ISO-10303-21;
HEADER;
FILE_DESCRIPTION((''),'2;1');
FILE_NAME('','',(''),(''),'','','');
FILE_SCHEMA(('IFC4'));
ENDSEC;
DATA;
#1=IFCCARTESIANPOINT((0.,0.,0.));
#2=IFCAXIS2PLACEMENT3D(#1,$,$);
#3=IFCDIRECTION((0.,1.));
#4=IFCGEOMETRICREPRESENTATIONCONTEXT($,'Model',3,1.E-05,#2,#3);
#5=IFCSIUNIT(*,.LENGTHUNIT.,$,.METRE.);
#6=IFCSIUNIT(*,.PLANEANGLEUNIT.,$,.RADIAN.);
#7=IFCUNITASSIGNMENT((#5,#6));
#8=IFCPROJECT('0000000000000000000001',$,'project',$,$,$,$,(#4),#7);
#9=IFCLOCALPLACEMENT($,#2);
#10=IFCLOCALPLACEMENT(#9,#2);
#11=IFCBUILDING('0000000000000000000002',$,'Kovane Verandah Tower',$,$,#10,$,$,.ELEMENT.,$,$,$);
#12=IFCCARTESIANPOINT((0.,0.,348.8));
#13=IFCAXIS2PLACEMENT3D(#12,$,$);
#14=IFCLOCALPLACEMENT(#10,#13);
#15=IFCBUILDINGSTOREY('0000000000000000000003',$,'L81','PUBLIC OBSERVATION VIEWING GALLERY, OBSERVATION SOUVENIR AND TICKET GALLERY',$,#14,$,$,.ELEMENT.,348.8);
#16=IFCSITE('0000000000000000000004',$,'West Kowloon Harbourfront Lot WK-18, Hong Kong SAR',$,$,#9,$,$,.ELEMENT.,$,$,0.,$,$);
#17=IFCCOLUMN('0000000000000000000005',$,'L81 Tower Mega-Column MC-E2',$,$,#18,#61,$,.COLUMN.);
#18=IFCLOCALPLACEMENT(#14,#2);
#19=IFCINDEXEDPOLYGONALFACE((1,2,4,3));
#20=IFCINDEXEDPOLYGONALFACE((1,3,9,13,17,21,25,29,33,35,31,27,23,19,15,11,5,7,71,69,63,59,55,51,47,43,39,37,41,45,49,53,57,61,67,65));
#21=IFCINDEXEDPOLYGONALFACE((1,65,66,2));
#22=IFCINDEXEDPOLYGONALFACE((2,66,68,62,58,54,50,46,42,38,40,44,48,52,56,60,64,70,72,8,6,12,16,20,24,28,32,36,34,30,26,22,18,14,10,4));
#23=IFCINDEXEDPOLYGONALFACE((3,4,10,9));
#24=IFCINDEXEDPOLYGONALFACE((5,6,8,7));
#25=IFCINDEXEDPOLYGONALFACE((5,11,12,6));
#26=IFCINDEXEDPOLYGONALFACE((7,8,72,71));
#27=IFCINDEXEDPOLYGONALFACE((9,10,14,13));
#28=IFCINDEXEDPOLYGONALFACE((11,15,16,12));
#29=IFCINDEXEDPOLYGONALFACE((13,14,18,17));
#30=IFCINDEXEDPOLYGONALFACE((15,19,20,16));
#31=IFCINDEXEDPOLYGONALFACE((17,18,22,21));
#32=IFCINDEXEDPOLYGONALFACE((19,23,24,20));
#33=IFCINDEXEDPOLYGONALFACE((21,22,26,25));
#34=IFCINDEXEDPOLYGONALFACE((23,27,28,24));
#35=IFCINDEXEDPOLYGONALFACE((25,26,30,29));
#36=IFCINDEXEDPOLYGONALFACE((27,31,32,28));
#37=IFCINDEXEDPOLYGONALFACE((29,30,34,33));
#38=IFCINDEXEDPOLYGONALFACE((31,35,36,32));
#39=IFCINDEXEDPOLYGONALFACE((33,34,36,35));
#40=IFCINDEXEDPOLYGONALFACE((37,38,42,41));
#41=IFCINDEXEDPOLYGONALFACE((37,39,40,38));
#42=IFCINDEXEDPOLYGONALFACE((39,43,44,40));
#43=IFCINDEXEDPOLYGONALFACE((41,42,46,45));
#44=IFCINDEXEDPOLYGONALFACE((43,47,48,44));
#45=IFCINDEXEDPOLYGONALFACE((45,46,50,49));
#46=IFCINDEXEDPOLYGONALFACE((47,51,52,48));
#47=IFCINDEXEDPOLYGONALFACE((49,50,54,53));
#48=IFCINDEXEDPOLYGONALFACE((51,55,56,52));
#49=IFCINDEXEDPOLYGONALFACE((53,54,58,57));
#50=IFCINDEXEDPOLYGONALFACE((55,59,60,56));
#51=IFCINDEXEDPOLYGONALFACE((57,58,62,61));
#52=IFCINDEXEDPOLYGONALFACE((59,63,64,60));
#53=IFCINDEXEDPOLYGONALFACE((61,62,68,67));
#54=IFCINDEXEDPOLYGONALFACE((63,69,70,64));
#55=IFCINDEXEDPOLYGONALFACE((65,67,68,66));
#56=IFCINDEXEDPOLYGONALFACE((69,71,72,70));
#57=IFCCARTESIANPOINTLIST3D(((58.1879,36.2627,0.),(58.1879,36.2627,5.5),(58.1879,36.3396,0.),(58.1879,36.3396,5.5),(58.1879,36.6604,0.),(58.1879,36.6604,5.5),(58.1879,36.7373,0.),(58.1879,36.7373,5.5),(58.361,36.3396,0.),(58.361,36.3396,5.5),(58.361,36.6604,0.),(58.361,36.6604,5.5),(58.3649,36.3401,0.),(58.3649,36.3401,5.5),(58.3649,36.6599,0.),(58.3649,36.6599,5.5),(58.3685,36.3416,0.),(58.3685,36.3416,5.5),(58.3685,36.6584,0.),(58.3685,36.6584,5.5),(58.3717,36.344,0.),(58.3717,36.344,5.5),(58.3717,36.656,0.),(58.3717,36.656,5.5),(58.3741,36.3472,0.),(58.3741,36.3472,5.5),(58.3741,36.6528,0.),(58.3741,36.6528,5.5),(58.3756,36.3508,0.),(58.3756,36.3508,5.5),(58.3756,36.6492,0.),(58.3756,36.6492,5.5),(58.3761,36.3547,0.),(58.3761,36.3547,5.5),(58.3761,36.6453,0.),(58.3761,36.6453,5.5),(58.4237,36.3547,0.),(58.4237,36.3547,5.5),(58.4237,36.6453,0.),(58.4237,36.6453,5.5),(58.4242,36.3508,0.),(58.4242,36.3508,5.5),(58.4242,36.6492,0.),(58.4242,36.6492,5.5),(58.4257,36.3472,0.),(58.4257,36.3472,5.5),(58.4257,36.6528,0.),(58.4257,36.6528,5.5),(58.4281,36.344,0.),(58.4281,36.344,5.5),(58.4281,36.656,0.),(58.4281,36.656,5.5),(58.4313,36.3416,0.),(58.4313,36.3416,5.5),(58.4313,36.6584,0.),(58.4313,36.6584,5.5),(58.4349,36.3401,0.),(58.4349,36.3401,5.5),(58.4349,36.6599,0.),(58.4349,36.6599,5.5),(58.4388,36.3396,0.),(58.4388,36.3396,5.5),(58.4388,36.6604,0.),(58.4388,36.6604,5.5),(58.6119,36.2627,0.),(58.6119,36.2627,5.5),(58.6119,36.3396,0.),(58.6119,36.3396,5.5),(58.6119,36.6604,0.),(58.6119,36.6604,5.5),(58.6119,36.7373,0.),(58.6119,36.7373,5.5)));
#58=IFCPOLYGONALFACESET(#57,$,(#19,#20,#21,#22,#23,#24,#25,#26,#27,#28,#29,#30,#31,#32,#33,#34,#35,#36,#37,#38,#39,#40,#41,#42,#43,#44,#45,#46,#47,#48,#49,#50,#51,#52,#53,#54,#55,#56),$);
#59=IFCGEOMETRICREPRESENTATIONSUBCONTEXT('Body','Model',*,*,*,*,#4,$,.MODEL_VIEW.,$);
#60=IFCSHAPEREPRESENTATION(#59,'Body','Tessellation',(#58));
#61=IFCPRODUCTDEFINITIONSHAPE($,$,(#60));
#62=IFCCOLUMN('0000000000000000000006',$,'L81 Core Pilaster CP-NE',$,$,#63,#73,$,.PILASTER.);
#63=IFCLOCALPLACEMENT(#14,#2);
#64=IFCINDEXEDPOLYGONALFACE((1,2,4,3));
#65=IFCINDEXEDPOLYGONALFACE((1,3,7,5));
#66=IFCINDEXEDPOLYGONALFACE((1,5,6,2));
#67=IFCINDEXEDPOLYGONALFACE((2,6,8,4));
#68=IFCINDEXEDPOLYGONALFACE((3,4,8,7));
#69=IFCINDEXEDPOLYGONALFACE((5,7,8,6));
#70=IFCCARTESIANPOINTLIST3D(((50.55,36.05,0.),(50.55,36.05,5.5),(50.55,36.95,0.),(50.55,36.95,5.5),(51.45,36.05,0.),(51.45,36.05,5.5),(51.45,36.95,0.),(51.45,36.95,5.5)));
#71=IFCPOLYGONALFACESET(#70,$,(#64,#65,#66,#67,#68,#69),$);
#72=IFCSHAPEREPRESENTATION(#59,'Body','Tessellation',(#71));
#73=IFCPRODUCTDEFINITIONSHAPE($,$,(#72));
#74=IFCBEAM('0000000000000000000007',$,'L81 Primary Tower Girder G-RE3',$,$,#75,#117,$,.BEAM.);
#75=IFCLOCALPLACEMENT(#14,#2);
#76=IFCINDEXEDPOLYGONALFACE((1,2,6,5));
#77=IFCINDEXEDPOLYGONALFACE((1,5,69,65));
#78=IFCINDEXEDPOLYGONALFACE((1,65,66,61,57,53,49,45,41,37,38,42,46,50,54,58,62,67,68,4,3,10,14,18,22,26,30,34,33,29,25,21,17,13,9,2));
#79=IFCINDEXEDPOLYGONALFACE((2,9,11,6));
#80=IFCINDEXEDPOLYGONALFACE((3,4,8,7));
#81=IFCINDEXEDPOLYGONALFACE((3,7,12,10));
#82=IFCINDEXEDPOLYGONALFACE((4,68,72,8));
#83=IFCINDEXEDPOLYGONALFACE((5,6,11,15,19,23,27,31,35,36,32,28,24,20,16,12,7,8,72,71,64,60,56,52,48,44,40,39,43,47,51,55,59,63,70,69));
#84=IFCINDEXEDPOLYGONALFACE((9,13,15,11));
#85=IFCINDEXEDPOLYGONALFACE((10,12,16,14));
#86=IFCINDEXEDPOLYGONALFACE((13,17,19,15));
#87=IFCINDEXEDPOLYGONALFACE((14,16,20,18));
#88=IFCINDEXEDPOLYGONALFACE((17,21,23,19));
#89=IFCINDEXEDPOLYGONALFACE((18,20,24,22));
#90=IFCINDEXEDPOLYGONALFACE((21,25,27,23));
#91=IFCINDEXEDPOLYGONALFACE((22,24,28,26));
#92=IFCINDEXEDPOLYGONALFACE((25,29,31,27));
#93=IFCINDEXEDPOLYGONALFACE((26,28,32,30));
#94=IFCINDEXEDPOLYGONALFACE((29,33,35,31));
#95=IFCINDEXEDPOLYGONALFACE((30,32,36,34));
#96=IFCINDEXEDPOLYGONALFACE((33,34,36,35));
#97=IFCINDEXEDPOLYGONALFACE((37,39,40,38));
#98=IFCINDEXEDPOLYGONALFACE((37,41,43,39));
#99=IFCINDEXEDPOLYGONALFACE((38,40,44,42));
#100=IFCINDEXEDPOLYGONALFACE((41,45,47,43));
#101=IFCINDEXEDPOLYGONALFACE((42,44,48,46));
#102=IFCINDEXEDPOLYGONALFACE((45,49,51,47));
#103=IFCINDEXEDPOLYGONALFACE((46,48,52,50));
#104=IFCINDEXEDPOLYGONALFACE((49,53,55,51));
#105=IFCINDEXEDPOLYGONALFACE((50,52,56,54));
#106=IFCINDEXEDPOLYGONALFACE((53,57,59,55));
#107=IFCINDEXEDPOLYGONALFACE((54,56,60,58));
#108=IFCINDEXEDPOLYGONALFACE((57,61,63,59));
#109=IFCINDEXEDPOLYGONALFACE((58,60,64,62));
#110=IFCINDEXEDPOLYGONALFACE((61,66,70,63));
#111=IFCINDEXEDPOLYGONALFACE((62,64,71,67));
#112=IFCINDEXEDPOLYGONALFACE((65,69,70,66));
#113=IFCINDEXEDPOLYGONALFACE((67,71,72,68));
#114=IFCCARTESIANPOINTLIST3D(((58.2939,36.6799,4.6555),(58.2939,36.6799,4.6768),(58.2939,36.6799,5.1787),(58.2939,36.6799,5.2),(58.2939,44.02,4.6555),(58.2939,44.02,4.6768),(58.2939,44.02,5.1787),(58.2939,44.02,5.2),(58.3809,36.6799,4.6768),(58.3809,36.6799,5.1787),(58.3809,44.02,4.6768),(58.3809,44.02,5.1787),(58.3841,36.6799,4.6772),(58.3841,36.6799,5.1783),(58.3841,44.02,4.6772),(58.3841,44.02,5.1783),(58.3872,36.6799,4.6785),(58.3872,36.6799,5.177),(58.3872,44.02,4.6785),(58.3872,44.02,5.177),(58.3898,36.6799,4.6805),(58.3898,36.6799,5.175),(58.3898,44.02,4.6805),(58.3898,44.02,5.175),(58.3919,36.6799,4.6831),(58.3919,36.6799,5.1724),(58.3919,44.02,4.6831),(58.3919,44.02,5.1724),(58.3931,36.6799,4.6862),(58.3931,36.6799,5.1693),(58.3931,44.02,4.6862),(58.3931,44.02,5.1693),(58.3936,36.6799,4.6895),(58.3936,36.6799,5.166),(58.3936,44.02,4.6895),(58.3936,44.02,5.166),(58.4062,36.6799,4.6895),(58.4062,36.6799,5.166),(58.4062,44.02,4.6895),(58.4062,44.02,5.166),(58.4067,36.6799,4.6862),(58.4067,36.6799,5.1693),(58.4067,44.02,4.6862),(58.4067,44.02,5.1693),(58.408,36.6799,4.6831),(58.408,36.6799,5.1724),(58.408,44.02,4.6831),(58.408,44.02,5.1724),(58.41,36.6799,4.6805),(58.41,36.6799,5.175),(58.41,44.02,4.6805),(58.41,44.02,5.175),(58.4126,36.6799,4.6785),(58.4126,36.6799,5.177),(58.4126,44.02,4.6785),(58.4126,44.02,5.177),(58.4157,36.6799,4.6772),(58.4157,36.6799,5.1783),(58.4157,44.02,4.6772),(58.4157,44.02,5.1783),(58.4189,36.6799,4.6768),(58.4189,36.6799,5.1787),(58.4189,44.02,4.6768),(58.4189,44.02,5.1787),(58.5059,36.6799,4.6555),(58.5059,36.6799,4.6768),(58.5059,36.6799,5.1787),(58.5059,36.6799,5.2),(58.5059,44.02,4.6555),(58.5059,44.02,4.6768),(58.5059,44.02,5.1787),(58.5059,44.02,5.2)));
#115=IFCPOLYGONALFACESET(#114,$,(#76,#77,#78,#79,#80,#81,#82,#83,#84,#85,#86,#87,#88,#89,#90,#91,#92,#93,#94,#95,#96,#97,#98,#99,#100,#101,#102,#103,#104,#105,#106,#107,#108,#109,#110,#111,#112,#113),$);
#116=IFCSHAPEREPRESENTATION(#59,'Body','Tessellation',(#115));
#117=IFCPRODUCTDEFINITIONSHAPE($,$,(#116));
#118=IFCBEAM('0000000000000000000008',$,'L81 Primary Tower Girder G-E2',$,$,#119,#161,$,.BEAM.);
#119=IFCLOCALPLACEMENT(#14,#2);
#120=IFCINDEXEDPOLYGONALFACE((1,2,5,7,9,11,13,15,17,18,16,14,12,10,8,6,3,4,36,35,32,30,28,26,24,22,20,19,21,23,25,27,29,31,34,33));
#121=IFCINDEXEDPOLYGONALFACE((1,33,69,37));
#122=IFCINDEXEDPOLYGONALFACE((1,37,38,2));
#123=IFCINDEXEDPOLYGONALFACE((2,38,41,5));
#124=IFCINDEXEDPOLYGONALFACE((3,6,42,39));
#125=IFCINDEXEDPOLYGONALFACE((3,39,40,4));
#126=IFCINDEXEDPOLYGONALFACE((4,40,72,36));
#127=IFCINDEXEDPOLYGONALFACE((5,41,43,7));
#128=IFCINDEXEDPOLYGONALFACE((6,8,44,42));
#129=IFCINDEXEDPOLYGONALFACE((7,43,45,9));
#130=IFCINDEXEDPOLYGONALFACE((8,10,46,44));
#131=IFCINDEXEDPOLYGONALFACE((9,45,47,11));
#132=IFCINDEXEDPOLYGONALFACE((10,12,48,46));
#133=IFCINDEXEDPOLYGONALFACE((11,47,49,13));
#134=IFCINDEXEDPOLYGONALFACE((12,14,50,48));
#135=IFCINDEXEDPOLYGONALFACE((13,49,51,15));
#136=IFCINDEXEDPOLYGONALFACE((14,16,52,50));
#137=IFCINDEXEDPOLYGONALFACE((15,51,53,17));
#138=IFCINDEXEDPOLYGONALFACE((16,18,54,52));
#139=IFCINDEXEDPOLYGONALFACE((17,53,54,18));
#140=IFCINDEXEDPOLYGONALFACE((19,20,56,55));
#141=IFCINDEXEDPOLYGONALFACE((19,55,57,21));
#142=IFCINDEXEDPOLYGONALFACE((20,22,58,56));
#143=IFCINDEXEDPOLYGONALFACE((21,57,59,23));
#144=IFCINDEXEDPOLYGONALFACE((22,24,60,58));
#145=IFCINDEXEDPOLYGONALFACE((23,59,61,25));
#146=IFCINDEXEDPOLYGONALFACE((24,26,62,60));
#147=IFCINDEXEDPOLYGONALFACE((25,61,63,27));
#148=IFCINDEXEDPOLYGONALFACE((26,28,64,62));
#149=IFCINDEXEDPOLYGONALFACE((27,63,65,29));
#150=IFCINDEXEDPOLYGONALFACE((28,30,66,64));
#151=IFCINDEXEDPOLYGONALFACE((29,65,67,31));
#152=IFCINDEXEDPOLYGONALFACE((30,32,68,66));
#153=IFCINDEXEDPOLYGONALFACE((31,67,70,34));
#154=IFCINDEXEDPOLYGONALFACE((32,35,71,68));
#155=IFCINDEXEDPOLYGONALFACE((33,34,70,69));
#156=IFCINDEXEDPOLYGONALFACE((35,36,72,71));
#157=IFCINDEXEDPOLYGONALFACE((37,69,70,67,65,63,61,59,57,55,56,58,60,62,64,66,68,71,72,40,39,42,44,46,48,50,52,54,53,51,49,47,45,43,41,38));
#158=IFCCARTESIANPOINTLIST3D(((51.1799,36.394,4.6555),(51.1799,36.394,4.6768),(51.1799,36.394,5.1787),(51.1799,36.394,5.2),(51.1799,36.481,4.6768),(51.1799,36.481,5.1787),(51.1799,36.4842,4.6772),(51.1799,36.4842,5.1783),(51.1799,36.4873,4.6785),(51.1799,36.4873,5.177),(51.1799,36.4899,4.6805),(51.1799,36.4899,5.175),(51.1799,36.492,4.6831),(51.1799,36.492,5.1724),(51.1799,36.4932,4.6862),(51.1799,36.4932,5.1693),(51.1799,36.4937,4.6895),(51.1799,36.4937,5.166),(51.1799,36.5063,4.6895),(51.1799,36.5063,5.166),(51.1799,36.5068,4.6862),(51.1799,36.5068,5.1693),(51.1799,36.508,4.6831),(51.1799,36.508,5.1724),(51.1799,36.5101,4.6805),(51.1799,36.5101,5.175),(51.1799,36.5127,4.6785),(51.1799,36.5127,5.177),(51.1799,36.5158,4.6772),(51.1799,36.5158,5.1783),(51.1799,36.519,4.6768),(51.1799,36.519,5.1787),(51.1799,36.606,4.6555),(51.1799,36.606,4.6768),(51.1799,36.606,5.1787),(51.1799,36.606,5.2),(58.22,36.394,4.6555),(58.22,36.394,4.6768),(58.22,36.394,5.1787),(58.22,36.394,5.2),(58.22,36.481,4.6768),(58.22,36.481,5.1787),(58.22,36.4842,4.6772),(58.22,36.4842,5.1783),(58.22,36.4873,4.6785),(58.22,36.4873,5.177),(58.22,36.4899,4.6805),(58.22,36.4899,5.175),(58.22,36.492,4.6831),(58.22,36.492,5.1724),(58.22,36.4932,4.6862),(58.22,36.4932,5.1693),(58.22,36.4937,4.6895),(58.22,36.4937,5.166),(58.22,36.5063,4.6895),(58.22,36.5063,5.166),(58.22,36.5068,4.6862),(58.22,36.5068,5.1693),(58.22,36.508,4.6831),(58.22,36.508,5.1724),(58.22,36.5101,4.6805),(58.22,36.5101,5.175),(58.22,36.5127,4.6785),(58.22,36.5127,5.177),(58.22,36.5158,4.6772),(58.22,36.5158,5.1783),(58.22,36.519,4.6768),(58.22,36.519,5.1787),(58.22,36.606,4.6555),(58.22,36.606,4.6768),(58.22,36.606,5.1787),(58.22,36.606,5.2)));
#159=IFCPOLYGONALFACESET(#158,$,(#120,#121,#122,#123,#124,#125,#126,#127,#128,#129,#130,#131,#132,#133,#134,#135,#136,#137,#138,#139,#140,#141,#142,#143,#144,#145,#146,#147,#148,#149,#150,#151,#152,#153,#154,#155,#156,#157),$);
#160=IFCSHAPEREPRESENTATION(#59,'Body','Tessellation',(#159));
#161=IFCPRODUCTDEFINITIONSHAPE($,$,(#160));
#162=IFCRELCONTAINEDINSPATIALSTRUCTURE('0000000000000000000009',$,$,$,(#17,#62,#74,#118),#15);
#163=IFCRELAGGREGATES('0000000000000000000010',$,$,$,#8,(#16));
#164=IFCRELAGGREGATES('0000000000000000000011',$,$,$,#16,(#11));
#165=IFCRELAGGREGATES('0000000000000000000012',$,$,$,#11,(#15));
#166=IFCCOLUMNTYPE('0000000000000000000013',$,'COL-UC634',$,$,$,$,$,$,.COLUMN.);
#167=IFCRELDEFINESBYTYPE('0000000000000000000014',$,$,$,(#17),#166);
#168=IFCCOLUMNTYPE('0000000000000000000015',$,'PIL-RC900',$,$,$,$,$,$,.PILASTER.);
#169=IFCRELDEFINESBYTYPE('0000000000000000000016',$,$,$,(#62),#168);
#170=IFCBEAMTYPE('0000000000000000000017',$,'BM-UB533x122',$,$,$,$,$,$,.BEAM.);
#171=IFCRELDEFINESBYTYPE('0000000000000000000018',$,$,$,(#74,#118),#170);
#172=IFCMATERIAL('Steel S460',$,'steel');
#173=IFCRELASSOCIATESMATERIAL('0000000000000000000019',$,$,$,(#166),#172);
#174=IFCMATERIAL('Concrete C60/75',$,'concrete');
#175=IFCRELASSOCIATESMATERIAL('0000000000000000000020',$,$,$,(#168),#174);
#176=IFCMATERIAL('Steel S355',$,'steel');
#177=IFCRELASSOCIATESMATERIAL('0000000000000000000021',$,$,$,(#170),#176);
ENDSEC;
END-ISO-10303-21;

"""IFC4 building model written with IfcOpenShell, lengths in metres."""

from ifc_helpers import new_model, si_unit, direction, frame, origin, origin_2d, place, context, subcontext, project, spatial, rectangle, i_section, extrude, material, material_profile, profile_set, type_object, element, save


model = new_model("IFC4")

# Units and contexts
model_context = context("Model", 3, precision=1e-05, world=origin(), true_north=direction((0.0, 1.0)))
body_context = subcontext(model_context, "Body", "Model", "MODEL_VIEW")
ifc_project = project(units=[si_unit("LENGTHUNIT", "METRE"), si_unit("PLANEANGLEUNIT", "RADIAN")], contexts=[model_context])

# Site, building, storey
site_placement = place(None, origin())
site = spatial("IfcSite", under=ifc_project, at=site_placement, Name="West Kowloon Harbourfront Lot WK-18, Hong Kong SAR", CompositionType="ELEMENT", RefElevation=0.0)
building_placement = place(site_placement, origin())
building = spatial("IfcBuilding", under=site, at=building_placement, Name="Kovane Verandah Tower", CompositionType="ELEMENT")
storey_placement = place(building_placement, frame((0.0, 0.0, 348.8)))
storey = spatial("IfcBuildingStorey", under=building, at=storey_placement, Name="L81", Description="PUBLIC OBSERVATION VIEWING GALLERY, OBSERVATION SOUVENIR AND TICKET GALLERY", CompositionType="ELEMENT", Elevation=348.8)

# Columns
ifc_material_1 = material(Name="Steel S460", Category="steel")
ifc_material_profile_1 = material_profile(ifc_material_1, i_section(OverallWidth=0.4241, OverallDepth=0.4746, WebThickness=0.0476, FlangeThickness=0.0769, FilletRadius=0.0151, at=origin_2d()), Name="UC356x406x634")
ifc_profile_set_1 = profile_set([ifc_material_profile_1], Name="Steel S460")
column_type_1 = type_object("IfcColumnType", Name="COL-UC634", PredefinedType="COLUMN", material=ifc_profile_set_1)
column_1_placement = place(storey_placement, frame((58.3999, 36.5, 0.0), z_axis=(0.0, 0.0, 1.0), x_axis=(1.0, 0.0, 0.0)))
element("IfcColumn", 1, at=column_1_placement, inside=storey, type_object=column_type_1, Name="L81 Tower Mega-Column MC-E2", PredefinedType="COLUMN", context=body_context, shape_type="SweptSolid", body=[
    extrude(i_section(OverallWidth=0.4241, OverallDepth=0.4746, WebThickness=0.0476, FlangeThickness=0.0769, FilletRadius=0.0151, at=origin_2d()), origin(), (0.0, 0.0, 1.0), 5.5),
])
ifc_material_2 = material(Name="Concrete C60/75", Category="concrete")
ifc_material_profile_2 = material_profile(ifc_material_2, rectangle(XDim=0.8999, YDim=0.8999, at=origin_2d()), Name="RC900x900")
ifc_profile_set_2 = profile_set([ifc_material_profile_2], Name="Concrete C60/75")
column_type_2 = type_object("IfcColumnType", Name="PIL-RC900", PredefinedType="PILASTER", material=ifc_profile_set_2)
column_2_placement = place(storey_placement, frame((51.0, 36.5, 0.0), z_axis=(0.0, 0.0, 1.0), x_axis=(1.0, 0.0, 0.0)))
element("IfcColumn", 2, at=column_2_placement, inside=storey, type_object=column_type_2, Name="L81 Core Pilaster CP-NE", PredefinedType="PILASTER", context=body_context, shape_type="SweptSolid", body=[
    extrude(rectangle(XDim=0.8999, YDim=0.8999, at=origin_2d()), origin(), (0.0, 0.0, 1.0), 5.5),
])

# Beams
ifc_material_3 = material(Name="Steel S355", Category="steel")
ifc_material_profile_3 = material_profile(ifc_material_3, i_section(OverallWidth=0.2119, OverallDepth=0.5444, WebThickness=0.0127, FlangeThickness=0.0212, FilletRadius=0.0127, at=origin_2d()), Name="UB533x210x122")
ifc_profile_set_3 = profile_set([ifc_material_profile_3], Name="Steel S355")
beam_type_1 = type_object("IfcBeamType", Name="BM-UB533x122", PredefinedType="BEAM", material=ifc_profile_set_3)
beam_1_placement = place(storey_placement, frame((58.3999, 36.6799, 4.9277), z_axis=(0.0, 1.0, 0.0), x_axis=(-1.0, 0.0, 0.0)))
element("IfcBeam", 3, at=beam_1_placement, inside=storey, type_object=beam_type_1, Name="L81 Primary Tower Girder G-RE3", PredefinedType="BEAM", context=body_context, shape_type="SweptSolid", body=[
    extrude(i_section(OverallWidth=0.2119, OverallDepth=0.5444, WebThickness=0.0127, FlangeThickness=0.0212, FilletRadius=0.0127, at=origin_2d()), origin(), (0.0, 0.0, 1.0), 7.3401),
])
beam_2_placement = place(storey_placement, frame((51.1799, 36.5, 4.9277), z_axis=(1.0, 0.0, 0.0), x_axis=(0.0, 1.0, 0.0)))
element("IfcBeam", 4, at=beam_2_placement, inside=storey, type_object=beam_type_1, Name="L81 Primary Tower Girder G-E2", PredefinedType="BEAM", context=body_context, shape_type="SweptSolid", body=[
    extrude(i_section(OverallWidth=0.2119, OverallDepth=0.5444, WebThickness=0.0127, FlangeThickness=0.0212, FilletRadius=0.0127, at=origin_2d()), origin(), (0.0, 0.0, 1.0), 7.04),
])

save(model, "model.ifc")
